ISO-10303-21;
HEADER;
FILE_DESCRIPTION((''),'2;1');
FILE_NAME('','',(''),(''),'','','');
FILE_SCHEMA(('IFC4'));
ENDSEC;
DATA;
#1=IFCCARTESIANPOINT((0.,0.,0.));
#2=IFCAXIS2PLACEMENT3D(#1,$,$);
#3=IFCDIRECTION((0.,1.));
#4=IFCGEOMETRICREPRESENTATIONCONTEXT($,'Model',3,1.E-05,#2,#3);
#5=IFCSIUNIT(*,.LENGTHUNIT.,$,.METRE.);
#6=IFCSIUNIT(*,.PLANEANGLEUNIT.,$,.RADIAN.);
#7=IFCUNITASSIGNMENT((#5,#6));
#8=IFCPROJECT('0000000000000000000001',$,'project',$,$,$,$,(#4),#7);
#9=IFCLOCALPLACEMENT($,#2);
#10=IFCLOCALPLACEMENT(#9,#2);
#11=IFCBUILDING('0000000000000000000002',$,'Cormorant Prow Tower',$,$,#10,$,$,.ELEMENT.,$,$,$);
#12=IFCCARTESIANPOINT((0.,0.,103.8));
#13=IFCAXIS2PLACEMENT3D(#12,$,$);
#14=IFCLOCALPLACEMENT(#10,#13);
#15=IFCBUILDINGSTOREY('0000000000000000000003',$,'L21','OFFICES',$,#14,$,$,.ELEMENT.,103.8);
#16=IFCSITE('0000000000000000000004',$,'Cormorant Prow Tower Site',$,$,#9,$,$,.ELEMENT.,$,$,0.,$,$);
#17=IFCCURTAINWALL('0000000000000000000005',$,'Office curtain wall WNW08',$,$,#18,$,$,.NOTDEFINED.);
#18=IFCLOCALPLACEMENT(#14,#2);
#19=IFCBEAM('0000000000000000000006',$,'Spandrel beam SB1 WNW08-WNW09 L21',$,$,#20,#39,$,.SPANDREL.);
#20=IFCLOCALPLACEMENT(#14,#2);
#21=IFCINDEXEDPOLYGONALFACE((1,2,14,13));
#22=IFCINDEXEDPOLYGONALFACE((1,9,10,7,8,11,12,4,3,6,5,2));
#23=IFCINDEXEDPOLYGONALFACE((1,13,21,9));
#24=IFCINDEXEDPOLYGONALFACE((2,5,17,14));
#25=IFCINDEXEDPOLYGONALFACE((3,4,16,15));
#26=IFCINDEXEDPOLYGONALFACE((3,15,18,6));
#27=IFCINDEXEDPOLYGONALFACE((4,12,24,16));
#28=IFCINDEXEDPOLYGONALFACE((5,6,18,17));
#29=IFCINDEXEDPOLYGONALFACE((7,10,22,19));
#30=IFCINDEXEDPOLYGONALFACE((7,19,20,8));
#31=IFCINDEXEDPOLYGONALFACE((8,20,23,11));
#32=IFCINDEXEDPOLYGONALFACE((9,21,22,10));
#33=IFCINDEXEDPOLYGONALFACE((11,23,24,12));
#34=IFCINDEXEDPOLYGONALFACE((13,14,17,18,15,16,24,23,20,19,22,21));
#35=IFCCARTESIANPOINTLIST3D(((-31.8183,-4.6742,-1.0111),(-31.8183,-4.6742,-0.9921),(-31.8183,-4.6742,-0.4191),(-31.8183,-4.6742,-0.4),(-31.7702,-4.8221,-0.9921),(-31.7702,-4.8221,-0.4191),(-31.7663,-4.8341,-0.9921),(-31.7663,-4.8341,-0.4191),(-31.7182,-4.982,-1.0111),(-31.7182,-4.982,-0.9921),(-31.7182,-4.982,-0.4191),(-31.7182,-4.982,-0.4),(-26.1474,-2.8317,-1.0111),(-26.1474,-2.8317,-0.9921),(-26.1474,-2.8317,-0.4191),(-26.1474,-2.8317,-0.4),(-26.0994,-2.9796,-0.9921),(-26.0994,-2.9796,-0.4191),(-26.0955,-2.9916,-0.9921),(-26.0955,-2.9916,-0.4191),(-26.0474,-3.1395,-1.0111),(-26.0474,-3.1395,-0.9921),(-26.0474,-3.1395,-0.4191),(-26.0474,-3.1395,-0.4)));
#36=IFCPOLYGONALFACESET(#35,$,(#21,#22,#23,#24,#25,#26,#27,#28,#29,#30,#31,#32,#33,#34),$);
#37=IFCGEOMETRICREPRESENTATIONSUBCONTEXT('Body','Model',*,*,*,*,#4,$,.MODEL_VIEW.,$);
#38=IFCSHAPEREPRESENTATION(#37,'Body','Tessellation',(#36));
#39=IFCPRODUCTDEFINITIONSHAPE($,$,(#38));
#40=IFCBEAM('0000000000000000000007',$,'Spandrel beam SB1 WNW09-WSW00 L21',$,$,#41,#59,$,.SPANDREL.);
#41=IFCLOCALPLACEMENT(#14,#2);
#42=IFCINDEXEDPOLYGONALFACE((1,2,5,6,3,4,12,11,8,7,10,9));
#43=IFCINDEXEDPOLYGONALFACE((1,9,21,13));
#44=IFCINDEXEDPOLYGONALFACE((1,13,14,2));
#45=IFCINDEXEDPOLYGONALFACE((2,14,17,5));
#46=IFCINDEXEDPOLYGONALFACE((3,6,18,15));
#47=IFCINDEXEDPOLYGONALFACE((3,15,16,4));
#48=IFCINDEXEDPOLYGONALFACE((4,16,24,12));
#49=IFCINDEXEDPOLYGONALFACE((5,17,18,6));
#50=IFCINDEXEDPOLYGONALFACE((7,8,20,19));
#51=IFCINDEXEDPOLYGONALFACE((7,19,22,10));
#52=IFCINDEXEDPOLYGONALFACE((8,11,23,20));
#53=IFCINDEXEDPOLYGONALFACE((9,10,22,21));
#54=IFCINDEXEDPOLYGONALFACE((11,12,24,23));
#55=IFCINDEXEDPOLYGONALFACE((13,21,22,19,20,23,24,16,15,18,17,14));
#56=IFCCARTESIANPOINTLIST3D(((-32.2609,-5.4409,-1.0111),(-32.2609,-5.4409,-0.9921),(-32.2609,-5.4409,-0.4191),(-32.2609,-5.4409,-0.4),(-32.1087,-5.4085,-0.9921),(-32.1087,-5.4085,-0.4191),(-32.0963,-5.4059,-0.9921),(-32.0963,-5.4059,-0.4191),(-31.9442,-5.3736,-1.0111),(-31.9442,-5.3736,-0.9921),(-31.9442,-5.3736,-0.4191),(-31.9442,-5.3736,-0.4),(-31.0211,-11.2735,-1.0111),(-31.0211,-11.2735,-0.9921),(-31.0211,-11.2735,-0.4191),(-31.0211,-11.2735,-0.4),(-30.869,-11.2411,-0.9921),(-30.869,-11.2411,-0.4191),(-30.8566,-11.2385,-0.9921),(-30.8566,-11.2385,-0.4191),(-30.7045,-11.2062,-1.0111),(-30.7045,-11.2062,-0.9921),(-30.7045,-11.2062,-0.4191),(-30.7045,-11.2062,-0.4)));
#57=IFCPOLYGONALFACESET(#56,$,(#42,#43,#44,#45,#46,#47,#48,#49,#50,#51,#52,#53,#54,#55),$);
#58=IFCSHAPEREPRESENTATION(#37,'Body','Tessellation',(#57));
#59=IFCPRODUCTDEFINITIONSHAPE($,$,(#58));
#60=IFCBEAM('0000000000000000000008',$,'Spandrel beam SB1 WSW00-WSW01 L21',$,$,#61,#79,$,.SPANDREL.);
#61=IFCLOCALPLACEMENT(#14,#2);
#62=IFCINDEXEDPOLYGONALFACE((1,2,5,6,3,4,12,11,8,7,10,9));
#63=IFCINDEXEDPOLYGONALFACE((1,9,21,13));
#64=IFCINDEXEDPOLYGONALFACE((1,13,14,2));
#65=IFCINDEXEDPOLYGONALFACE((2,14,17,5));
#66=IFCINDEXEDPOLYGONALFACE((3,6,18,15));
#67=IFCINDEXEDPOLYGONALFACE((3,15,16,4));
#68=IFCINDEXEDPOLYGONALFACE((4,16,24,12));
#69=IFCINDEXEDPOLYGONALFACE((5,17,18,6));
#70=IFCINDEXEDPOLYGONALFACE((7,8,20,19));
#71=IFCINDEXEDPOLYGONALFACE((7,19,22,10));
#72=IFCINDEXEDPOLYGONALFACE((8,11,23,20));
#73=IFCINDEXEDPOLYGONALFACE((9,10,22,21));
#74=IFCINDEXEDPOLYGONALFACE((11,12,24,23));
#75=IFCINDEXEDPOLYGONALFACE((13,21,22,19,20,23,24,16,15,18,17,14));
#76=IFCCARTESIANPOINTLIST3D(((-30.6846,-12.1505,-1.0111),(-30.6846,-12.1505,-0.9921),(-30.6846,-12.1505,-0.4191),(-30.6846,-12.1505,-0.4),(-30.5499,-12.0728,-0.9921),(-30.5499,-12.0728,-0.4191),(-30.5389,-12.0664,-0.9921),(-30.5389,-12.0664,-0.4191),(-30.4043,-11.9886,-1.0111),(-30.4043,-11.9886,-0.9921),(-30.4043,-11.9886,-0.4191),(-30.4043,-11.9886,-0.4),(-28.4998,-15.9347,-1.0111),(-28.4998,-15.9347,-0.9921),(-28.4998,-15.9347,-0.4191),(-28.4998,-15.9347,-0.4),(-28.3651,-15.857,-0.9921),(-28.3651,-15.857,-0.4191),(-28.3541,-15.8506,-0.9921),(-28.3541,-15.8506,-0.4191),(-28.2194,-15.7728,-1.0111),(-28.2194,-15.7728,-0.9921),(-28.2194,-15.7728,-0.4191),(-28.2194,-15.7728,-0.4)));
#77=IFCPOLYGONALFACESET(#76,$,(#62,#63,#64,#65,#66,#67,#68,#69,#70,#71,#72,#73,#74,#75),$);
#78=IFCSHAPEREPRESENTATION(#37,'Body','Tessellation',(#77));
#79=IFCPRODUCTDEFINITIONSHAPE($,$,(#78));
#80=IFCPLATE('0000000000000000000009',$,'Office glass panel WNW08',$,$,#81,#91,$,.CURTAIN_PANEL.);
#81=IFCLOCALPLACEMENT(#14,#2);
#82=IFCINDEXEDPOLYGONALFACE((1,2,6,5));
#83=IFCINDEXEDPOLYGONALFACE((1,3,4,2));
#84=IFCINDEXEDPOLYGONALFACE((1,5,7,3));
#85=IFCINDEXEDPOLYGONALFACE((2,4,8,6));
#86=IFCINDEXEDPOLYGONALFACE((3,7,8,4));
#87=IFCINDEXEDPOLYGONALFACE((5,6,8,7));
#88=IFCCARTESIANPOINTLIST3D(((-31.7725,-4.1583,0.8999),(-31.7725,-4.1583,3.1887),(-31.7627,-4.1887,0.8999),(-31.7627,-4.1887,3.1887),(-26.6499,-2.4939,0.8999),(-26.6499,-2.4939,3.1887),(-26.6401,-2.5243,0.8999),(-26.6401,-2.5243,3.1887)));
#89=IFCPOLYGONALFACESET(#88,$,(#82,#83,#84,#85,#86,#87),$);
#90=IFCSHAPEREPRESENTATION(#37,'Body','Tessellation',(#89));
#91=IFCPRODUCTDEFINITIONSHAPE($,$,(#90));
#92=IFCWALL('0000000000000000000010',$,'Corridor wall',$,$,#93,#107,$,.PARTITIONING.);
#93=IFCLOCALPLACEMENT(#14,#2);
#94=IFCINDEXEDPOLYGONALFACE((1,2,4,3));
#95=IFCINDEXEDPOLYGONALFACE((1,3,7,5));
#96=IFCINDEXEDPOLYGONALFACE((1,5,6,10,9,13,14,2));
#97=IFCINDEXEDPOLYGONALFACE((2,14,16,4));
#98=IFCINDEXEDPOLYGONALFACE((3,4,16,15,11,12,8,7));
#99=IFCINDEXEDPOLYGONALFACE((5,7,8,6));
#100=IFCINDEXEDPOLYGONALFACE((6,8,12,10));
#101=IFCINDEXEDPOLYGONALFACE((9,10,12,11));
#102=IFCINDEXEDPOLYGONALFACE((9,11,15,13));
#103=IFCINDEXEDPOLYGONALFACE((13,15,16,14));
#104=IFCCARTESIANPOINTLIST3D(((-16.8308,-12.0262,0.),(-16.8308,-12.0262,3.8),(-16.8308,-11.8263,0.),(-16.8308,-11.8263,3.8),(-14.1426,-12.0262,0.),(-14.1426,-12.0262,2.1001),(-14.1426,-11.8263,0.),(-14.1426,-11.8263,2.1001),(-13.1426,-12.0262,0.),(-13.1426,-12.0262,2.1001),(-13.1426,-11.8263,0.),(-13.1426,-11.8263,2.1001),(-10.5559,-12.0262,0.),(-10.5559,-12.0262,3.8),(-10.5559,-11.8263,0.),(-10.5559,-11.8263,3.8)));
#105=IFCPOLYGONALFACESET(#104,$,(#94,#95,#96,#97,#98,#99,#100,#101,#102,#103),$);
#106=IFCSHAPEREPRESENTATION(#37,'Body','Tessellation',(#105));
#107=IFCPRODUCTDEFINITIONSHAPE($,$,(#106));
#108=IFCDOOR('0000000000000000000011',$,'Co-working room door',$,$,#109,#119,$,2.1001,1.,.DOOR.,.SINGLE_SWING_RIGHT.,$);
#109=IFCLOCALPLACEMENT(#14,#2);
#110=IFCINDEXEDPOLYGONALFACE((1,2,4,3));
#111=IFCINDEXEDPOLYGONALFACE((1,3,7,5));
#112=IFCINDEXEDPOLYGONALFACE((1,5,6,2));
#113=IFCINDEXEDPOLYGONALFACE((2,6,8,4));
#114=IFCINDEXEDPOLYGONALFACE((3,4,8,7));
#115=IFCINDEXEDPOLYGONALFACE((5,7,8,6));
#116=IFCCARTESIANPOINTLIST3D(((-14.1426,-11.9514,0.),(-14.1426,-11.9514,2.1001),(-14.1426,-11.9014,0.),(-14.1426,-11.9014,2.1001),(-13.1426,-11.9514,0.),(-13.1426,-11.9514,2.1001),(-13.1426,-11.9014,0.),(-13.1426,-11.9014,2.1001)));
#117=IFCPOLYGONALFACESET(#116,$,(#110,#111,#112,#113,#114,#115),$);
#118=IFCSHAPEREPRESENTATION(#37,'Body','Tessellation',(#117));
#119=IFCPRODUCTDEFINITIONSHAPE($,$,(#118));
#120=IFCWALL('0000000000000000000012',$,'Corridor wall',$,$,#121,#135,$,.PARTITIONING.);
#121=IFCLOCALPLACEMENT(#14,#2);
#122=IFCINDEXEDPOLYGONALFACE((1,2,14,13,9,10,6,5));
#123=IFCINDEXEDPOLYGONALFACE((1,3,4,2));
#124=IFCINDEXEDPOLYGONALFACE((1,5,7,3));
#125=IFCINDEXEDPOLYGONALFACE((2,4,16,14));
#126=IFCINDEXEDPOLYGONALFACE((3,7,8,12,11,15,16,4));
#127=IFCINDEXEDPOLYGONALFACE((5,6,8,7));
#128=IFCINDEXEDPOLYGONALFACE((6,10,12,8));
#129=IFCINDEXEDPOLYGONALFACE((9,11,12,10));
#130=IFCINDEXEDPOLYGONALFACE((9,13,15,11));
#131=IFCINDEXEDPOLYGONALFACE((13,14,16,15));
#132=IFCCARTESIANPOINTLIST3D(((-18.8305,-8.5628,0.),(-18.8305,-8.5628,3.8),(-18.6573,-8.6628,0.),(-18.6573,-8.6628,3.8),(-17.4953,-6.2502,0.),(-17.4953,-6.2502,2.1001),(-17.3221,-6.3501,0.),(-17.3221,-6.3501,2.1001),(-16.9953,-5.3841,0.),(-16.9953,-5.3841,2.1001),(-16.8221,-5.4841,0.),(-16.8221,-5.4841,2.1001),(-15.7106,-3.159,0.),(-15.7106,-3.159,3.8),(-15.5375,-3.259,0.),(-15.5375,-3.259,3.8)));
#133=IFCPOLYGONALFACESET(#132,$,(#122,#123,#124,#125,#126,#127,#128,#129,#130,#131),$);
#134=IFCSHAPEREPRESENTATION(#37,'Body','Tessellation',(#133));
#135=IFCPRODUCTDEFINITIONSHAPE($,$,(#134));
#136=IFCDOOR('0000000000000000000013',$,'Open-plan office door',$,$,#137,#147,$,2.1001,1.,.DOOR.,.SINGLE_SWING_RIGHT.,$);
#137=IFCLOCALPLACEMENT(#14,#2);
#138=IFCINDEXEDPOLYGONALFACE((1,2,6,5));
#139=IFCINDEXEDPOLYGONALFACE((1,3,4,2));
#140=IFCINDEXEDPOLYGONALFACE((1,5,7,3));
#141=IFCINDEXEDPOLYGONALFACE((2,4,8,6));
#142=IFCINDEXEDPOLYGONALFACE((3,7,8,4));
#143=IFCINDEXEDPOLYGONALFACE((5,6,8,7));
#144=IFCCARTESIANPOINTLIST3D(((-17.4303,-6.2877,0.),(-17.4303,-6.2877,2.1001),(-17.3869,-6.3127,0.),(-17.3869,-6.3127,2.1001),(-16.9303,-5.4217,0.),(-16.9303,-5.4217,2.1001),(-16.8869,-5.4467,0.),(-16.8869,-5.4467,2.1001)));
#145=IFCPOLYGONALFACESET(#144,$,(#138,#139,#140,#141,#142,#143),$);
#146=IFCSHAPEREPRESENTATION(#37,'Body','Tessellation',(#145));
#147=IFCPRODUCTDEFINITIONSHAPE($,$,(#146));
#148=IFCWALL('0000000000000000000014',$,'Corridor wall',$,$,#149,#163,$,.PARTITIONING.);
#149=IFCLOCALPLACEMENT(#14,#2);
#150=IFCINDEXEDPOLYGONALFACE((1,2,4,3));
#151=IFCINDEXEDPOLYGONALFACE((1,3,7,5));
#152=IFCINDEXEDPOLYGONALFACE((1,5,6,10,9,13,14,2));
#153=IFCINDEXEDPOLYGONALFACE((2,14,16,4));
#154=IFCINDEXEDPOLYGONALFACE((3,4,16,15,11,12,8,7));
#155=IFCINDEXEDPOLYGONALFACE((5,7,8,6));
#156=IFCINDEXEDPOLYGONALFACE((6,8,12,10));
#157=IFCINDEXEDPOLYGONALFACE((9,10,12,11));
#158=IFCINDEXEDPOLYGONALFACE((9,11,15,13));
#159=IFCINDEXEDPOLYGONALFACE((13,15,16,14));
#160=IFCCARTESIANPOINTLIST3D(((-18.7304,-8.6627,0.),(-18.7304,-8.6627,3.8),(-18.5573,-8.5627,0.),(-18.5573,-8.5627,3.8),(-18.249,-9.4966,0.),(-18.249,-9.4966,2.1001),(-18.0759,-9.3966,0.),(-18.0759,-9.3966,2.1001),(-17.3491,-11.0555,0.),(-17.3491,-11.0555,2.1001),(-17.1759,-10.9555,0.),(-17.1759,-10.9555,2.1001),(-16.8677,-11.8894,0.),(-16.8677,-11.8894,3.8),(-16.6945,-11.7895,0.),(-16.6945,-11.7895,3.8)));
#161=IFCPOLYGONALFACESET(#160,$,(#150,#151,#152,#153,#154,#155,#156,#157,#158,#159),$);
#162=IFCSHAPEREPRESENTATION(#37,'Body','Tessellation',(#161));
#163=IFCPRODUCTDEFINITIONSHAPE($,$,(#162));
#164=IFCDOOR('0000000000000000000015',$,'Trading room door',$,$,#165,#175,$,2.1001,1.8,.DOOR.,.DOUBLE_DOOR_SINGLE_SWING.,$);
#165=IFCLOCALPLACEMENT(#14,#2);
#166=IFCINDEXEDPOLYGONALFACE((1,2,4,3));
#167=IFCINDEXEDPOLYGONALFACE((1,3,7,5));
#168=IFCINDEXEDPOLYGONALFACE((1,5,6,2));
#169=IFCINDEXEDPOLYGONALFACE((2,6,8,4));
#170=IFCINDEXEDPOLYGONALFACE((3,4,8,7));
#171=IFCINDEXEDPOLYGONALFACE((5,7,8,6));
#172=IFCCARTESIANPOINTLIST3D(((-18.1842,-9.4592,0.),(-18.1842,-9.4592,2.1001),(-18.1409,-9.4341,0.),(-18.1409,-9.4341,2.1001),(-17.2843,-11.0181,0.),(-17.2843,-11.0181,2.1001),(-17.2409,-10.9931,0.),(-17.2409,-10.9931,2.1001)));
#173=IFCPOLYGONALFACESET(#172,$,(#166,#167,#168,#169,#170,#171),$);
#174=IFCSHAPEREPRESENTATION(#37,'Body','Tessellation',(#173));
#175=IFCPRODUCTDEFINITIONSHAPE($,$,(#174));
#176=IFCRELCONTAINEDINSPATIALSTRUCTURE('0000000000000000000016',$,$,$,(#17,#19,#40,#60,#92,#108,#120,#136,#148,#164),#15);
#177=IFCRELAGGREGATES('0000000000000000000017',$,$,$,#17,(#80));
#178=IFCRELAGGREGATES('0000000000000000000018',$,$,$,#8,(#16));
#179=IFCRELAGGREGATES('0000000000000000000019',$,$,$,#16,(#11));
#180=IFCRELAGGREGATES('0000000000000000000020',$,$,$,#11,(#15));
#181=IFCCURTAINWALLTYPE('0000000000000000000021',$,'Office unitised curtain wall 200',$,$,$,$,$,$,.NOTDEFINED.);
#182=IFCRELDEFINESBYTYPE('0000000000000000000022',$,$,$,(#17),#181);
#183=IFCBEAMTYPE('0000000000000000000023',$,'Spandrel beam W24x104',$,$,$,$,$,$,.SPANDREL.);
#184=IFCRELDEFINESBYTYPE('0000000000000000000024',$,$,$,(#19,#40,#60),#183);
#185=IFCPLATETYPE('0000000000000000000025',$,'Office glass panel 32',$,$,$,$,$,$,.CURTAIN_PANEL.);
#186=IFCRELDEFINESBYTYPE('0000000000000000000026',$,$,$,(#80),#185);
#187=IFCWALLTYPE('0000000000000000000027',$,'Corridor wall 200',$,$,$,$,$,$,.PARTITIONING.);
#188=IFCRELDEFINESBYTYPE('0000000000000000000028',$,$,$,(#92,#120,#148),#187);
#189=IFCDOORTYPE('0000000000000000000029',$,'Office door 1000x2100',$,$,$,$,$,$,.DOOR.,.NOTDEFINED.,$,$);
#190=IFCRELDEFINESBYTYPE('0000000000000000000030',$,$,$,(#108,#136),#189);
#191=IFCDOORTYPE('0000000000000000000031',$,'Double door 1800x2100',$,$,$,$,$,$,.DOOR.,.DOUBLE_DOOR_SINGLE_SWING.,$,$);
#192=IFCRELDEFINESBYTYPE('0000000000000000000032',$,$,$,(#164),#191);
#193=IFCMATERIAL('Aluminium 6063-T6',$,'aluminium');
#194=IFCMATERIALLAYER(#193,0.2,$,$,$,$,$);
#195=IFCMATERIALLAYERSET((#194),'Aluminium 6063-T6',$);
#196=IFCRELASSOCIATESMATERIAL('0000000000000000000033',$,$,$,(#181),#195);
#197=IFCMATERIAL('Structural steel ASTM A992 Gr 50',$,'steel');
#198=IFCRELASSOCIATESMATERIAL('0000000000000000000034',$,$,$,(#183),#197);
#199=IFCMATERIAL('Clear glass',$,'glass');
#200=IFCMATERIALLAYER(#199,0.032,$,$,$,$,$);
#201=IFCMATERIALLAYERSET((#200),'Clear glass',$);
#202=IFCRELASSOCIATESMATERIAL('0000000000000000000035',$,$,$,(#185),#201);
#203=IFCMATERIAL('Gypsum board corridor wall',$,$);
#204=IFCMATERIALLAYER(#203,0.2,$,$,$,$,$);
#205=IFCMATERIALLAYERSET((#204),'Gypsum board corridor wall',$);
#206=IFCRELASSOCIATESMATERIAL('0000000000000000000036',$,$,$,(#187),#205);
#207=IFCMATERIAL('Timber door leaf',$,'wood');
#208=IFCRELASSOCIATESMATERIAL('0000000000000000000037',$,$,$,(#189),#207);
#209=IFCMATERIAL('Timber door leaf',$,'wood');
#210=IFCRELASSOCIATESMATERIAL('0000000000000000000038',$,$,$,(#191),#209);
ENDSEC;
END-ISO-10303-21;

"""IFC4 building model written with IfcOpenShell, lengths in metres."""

from ifc_helpers import new_model, si_unit, direction, frame, frame_2d, origin, origin_2d, place, context, subcontext, project, spatial, rectangle, i_section, extrude, material, layer, layer_set, material_profile, profile_set, type_object, element, fill, aggregate, save


model = new_model("IFC4")

# Units and contexts
model_context = context("Model", 3, precision=1e-05, world=origin(), true_north=direction((0.0, 1.0)))
body_context = subcontext(model_context, "Body", "Model", "MODEL_VIEW")
ifc_project = project(units=[si_unit("LENGTHUNIT", "METRE"), si_unit("PLANEANGLEUNIT", "RADIAN")], contexts=[model_context])

# Site, building, storey
site_placement = place(None, origin())
site = spatial("IfcSite", under=ifc_project, at=site_placement, Name="Cormorant Prow Tower Site", CompositionType="ELEMENT", RefElevation=0.0)
building_placement = place(site_placement, origin())
building = spatial("IfcBuilding", under=site, at=building_placement, Name="Cormorant Prow Tower", CompositionType="ELEMENT")
storey_placement = place(building_placement, frame((0.0, 0.0, 103.8)))
storey = spatial("IfcBuildingStorey", under=building, at=storey_placement, Name="L21", Description="OFFICES", CompositionType="ELEMENT", Elevation=103.8)

# Curtain wall
ifc_material_1 = material(Name="Aluminium 6063-T6", Category="aluminium")
ifc_layer_1 = layer(ifc_material_1, 0.2)
ifc_layer_set_1 = layer_set([ifc_layer_1], Name="Aluminium 6063-T6")
curtain_wall_type = type_object("IfcCurtainWallType", Name="Office unitised curtain wall 200", PredefinedType="NOTDEFINED", material=ifc_layer_set_1)
curtain_wall_placement = place(storey_placement, origin())
curtain_wall = element("IfcCurtainWall", 1, at=curtain_wall_placement, inside=storey, type_object=curtain_wall_type, Name="Office curtain wall WNW08", PredefinedType="NOTDEFINED")

# Beams
ifc_material_2 = material(Name="Structural steel ASTM A992 Gr 50", Category="steel")
ifc_material_profile_1 = material_profile(ifc_material_2, i_section(OverallWidth=0.3237, OverallDepth=0.6111, WebThickness=0.0127, FlangeThickness=0.019, at=origin_2d()), Name="W24x104")
ifc_profile_set_1 = profile_set([ifc_material_profile_1], Name="Structural steel ASTM A992 Gr 50")
beam_type_1 = type_object("IfcBeamType", Name="Spandrel beam W24x104", PredefinedType="SPANDREL", material=ifc_profile_set_1)
beam_1_placement = place(storey_placement, frame((-26.0974, -2.9856, -0.7056), z_axis=(-0.951059, -0.309008, 0.0), x_axis=(0.309008, -0.951059, 0.0)))
element("IfcBeam", 2, at=beam_1_placement, inside=storey, type_object=beam_type_1, Name="Spandrel beam SB1 WNW08-WNW09 L21", PredefinedType="SPANDREL", context=body_context, shape_type="SweptSolid", body=[
    extrude(i_section(OverallWidth=0.3237, OverallDepth=0.6111, WebThickness=0.0127, FlangeThickness=0.019, at=origin_2d()), origin(), (0.0, 0.0, 1.0), 5.9626),
])
beam_2_placement = place(storey_placement, frame((-32.1025, -5.4072, -0.7056), z_axis=(0.207913, -0.978147, 0.0), x_axis=(0.978147, 0.207913, 0.0)))
element("IfcBeam", 3, at=beam_2_placement, inside=storey, type_object=beam_type_1, Name="Spandrel beam SB1 WNW09-WSW00 L21", PredefinedType="SPANDREL", context=body_context, shape_type="SweptSolid", body=[
    extrude(i_section(OverallWidth=0.3237, OverallDepth=0.6111, WebThickness=0.0127, FlangeThickness=0.019, at=origin_2d()), origin(), (0.0, 0.0, 1.0), 5.9629),
])
beam_3_placement = place(storey_placement, frame((-30.5444, -12.0696, -0.7056), z_axis=(0.500003, -0.866024, 0.0), x_axis=(0.866024, 0.500003, 0.0)))
element("IfcBeam", 4, at=beam_3_placement, inside=storey, type_object=beam_type_1, Name="Spandrel beam SB1 WSW00-WSW01 L21", PredefinedType="SPANDREL", context=body_context, shape_type="SweptSolid", body=[
    extrude(i_section(OverallWidth=0.3237, OverallDepth=0.6111, WebThickness=0.0127, FlangeThickness=0.019, at=origin_2d()), origin(), (0.0, 0.0, 1.0), 4.3696),
])

# Plate
ifc_material_3 = material(Name="Clear glass", Category="glass")
ifc_layer_2 = layer(ifc_material_3, 0.032)
ifc_layer_set_2 = layer_set([ifc_layer_2], Name="Clear glass")
plate_type = type_object("IfcPlateType", Name="Office glass panel 32", PredefinedType="CURTAIN_PANEL", material=ifc_layer_set_2)
plate_placement = place(storey_placement, frame((-29.2063, -3.3413, 0.8999), z_axis=(0.0, 0.0, 1.0), x_axis=(-0.951057, -0.309017, 0.0)))
plate = element("IfcPlate", 5, at=plate_placement, type_object=plate_type, Name="Office glass panel WNW08", PredefinedType="CURTAIN_PANEL", context=body_context, shape_type="SweptSolid", body=[
    extrude(rectangle(XDim=5.3862, YDim=0.032, at=origin_2d()), origin(), (0.0, 0.0, 1.0), 2.2888),
])
aggregate(curtain_wall, [plate])

# Walls, openings, doors
ifc_material_4 = material(Name="Gypsum board corridor wall")
ifc_layer_3 = layer(ifc_material_4, 0.2)
ifc_layer_set_3 = layer_set([ifc_layer_3], Name="Gypsum board corridor wall")
wall_type_1 = type_object("IfcWallType", Name="Corridor wall 200", PredefinedType="PARTITIONING", material=ifc_layer_set_3)
wall_1_placement = place(storey_placement, frame((-16.8308, -11.9263, 0.0), z_axis=(0.0, 0.0, 1.0), x_axis=(1.0, 0.0, 0.0)))
wall_1 = element("IfcWall", 6, at=wall_1_placement, inside=storey, type_object=wall_type_1, Name="Corridor wall", PredefinedType="PARTITIONING", context=body_context, shape_type="SweptSolid", body=[
    extrude(rectangle(XDim=6.2749, YDim=0.2, at=frame_2d((3.1375, 0.0))), origin(), (0.0, 0.0, 1.0), 3.8),
])
opening_1_placement = place(wall_1_placement, frame((2.6882, 0.0, 0.0)))
opening_1 = element("IfcOpeningElement", 7, at=opening_1_placement, cuts=wall_1, PredefinedType="OPENING", context=body_context, shape_type="SweptSolid", body=[
    extrude(rectangle(XDim=1.0, YDim=2.1001, at=frame_2d((0.5, 1.05))), frame((0.0, 0.1099, 0.0), z_axis=(0.0, -1.0, 0.0), x_axis=(1.0, 0.0, 0.0)), (0.0, 0.0, 1.0), 0.22),
])
ifc_material_5 = material(Name="Timber door leaf", Category="wood")
door_type_1 = type_object("IfcDoorType", Name="Office door 1000x2100", OperationType="NOTDEFINED", PredefinedType="DOOR", material=ifc_material_5)
door_1_placement = place(opening_1_placement, origin())
door_1 = element("IfcDoor", 8, at=door_1_placement, inside=storey, type_object=door_type_1, Name="Co-working room door", OperationType="SINGLE_SWING_RIGHT", OverallHeight=2.1001, OverallWidth=1.0, PredefinedType="DOOR", context=body_context, shape_type="SweptSolid", body=[
    extrude(rectangle(XDim=1.0, YDim=2.1001, at=frame_2d((0.5, 1.05))), frame((0.0, 0.0249, 0.0), z_axis=(0.0, -1.0, 0.0), x_axis=(1.0, 0.0, 0.0)), (0.0, 0.0, 1.0), 0.05),
])
fill(opening_1, door_1)
wall_2_placement = place(storey_placement, frame((-18.7439, -8.6128, 0.0), z_axis=(0.0, 0.0, 1.0), x_axis=(0.499998, 0.866027, 0.0)))
wall_2 = element("IfcWall", 9, at=wall_2_placement, inside=storey, type_object=wall_type_1, Name="Corridor wall", PredefinedType="PARTITIONING", context=body_context, shape_type="SweptSolid", body=[
    extrude(rectangle(XDim=6.2397, YDim=0.2, at=frame_2d((3.1199, 0.0))), origin(), (0.0, 0.0, 1.0), 3.8),
])
opening_2_placement = place(wall_2_placement, frame((2.6704, 0.0, 0.0)))
opening_2 = element("IfcOpeningElement", 10, at=opening_2_placement, cuts=wall_2, PredefinedType="OPENING", context=body_context, shape_type="SweptSolid", body=[
    extrude(rectangle(XDim=1.0, YDim=2.1001, at=frame_2d((0.5, 1.05))), frame((0.0, 0.1099, 0.0), z_axis=(0.0, -1.0, 0.0), x_axis=(1.0, 0.0, 0.0)), (0.0, 0.0, 1.0), 0.22),
])
door_2_placement = place(opening_2_placement, origin())
door_2 = element("IfcDoor", 11, at=door_2_placement, inside=storey, type_object=door_type_1, Name="Open-plan office door", OperationType="SINGLE_SWING_RIGHT", OverallHeight=2.1001, OverallWidth=1.0, PredefinedType="DOOR", context=body_context, shape_type="SweptSolid", body=[
    extrude(rectangle(XDim=1.0, YDim=2.1001, at=frame_2d((0.5, 1.05))), frame((0.0, 0.0249, 0.0), z_axis=(0.0, -1.0, 0.0), x_axis=(1.0, 0.0, 0.0)), (0.0, 0.0, 1.0), 0.05),
])
fill(opening_2, door_2)
wall_3_placement = place(storey_placement, frame((-18.6438, -8.6128, 0.0), z_axis=(0.0, 0.0, 1.0), x_axis=(0.499959, -0.866049, 0.0)))
wall_3 = element("IfcWall", 12, at=wall_3_placement, inside=storey, type_object=wall_type_1, Name="Corridor wall", PredefinedType="PARTITIONING", context=body_context, shape_type="SweptSolid", body=[
    extrude(rectangle(XDim=3.7258, YDim=0.2, at=frame_2d((1.8628, 0.0))), origin(), (0.0, 0.0, 1.0), 3.8),
])
opening_3_placement = place(wall_3_placement, frame((0.9629, 0.0, 0.0)))
opening_3 = element("IfcOpeningElement", 13, at=opening_3_placement, cuts=wall_3, PredefinedType="OPENING", context=body_context, shape_type="SweptSolid", body=[
    extrude(rectangle(XDim=1.8, YDim=2.1001, at=frame_2d((0.8999, 1.05))), frame((0.0, 0.1099, 0.0), z_axis=(0.0, -1.0, 0.0), x_axis=(1.0, 0.0, 0.0)), (0.0, 0.0, 1.0), 0.22),
])
ifc_material_6 = material(Name="Timber door leaf", Category="wood")
door_type_2 = type_object("IfcDoorType", Name="Double door 1800x2100", OperationType="DOUBLE_DOOR_SINGLE_SWING", PredefinedType="DOOR", material=ifc_material_6)
door_3_placement = place(opening_3_placement, origin())
door_3 = element("IfcDoor", 14, at=door_3_placement, inside=storey, type_object=door_type_2, Name="Trading room door", OperationType="DOUBLE_DOOR_SINGLE_SWING", OverallHeight=2.1001, OverallWidth=1.8, PredefinedType="DOOR", context=body_context, shape_type="SweptSolid", body=[
    extrude(rectangle(XDim=1.8, YDim=2.1001, at=frame_2d((0.8999, 1.05))), frame((0.0, 0.0249, 0.0), z_axis=(0.0, -1.0, 0.0), x_axis=(1.0, 0.0, 0.0)), (0.0, 0.0, 1.0), 0.05),
])
fill(opening_3, door_3)

save(model, "model.ifc")
